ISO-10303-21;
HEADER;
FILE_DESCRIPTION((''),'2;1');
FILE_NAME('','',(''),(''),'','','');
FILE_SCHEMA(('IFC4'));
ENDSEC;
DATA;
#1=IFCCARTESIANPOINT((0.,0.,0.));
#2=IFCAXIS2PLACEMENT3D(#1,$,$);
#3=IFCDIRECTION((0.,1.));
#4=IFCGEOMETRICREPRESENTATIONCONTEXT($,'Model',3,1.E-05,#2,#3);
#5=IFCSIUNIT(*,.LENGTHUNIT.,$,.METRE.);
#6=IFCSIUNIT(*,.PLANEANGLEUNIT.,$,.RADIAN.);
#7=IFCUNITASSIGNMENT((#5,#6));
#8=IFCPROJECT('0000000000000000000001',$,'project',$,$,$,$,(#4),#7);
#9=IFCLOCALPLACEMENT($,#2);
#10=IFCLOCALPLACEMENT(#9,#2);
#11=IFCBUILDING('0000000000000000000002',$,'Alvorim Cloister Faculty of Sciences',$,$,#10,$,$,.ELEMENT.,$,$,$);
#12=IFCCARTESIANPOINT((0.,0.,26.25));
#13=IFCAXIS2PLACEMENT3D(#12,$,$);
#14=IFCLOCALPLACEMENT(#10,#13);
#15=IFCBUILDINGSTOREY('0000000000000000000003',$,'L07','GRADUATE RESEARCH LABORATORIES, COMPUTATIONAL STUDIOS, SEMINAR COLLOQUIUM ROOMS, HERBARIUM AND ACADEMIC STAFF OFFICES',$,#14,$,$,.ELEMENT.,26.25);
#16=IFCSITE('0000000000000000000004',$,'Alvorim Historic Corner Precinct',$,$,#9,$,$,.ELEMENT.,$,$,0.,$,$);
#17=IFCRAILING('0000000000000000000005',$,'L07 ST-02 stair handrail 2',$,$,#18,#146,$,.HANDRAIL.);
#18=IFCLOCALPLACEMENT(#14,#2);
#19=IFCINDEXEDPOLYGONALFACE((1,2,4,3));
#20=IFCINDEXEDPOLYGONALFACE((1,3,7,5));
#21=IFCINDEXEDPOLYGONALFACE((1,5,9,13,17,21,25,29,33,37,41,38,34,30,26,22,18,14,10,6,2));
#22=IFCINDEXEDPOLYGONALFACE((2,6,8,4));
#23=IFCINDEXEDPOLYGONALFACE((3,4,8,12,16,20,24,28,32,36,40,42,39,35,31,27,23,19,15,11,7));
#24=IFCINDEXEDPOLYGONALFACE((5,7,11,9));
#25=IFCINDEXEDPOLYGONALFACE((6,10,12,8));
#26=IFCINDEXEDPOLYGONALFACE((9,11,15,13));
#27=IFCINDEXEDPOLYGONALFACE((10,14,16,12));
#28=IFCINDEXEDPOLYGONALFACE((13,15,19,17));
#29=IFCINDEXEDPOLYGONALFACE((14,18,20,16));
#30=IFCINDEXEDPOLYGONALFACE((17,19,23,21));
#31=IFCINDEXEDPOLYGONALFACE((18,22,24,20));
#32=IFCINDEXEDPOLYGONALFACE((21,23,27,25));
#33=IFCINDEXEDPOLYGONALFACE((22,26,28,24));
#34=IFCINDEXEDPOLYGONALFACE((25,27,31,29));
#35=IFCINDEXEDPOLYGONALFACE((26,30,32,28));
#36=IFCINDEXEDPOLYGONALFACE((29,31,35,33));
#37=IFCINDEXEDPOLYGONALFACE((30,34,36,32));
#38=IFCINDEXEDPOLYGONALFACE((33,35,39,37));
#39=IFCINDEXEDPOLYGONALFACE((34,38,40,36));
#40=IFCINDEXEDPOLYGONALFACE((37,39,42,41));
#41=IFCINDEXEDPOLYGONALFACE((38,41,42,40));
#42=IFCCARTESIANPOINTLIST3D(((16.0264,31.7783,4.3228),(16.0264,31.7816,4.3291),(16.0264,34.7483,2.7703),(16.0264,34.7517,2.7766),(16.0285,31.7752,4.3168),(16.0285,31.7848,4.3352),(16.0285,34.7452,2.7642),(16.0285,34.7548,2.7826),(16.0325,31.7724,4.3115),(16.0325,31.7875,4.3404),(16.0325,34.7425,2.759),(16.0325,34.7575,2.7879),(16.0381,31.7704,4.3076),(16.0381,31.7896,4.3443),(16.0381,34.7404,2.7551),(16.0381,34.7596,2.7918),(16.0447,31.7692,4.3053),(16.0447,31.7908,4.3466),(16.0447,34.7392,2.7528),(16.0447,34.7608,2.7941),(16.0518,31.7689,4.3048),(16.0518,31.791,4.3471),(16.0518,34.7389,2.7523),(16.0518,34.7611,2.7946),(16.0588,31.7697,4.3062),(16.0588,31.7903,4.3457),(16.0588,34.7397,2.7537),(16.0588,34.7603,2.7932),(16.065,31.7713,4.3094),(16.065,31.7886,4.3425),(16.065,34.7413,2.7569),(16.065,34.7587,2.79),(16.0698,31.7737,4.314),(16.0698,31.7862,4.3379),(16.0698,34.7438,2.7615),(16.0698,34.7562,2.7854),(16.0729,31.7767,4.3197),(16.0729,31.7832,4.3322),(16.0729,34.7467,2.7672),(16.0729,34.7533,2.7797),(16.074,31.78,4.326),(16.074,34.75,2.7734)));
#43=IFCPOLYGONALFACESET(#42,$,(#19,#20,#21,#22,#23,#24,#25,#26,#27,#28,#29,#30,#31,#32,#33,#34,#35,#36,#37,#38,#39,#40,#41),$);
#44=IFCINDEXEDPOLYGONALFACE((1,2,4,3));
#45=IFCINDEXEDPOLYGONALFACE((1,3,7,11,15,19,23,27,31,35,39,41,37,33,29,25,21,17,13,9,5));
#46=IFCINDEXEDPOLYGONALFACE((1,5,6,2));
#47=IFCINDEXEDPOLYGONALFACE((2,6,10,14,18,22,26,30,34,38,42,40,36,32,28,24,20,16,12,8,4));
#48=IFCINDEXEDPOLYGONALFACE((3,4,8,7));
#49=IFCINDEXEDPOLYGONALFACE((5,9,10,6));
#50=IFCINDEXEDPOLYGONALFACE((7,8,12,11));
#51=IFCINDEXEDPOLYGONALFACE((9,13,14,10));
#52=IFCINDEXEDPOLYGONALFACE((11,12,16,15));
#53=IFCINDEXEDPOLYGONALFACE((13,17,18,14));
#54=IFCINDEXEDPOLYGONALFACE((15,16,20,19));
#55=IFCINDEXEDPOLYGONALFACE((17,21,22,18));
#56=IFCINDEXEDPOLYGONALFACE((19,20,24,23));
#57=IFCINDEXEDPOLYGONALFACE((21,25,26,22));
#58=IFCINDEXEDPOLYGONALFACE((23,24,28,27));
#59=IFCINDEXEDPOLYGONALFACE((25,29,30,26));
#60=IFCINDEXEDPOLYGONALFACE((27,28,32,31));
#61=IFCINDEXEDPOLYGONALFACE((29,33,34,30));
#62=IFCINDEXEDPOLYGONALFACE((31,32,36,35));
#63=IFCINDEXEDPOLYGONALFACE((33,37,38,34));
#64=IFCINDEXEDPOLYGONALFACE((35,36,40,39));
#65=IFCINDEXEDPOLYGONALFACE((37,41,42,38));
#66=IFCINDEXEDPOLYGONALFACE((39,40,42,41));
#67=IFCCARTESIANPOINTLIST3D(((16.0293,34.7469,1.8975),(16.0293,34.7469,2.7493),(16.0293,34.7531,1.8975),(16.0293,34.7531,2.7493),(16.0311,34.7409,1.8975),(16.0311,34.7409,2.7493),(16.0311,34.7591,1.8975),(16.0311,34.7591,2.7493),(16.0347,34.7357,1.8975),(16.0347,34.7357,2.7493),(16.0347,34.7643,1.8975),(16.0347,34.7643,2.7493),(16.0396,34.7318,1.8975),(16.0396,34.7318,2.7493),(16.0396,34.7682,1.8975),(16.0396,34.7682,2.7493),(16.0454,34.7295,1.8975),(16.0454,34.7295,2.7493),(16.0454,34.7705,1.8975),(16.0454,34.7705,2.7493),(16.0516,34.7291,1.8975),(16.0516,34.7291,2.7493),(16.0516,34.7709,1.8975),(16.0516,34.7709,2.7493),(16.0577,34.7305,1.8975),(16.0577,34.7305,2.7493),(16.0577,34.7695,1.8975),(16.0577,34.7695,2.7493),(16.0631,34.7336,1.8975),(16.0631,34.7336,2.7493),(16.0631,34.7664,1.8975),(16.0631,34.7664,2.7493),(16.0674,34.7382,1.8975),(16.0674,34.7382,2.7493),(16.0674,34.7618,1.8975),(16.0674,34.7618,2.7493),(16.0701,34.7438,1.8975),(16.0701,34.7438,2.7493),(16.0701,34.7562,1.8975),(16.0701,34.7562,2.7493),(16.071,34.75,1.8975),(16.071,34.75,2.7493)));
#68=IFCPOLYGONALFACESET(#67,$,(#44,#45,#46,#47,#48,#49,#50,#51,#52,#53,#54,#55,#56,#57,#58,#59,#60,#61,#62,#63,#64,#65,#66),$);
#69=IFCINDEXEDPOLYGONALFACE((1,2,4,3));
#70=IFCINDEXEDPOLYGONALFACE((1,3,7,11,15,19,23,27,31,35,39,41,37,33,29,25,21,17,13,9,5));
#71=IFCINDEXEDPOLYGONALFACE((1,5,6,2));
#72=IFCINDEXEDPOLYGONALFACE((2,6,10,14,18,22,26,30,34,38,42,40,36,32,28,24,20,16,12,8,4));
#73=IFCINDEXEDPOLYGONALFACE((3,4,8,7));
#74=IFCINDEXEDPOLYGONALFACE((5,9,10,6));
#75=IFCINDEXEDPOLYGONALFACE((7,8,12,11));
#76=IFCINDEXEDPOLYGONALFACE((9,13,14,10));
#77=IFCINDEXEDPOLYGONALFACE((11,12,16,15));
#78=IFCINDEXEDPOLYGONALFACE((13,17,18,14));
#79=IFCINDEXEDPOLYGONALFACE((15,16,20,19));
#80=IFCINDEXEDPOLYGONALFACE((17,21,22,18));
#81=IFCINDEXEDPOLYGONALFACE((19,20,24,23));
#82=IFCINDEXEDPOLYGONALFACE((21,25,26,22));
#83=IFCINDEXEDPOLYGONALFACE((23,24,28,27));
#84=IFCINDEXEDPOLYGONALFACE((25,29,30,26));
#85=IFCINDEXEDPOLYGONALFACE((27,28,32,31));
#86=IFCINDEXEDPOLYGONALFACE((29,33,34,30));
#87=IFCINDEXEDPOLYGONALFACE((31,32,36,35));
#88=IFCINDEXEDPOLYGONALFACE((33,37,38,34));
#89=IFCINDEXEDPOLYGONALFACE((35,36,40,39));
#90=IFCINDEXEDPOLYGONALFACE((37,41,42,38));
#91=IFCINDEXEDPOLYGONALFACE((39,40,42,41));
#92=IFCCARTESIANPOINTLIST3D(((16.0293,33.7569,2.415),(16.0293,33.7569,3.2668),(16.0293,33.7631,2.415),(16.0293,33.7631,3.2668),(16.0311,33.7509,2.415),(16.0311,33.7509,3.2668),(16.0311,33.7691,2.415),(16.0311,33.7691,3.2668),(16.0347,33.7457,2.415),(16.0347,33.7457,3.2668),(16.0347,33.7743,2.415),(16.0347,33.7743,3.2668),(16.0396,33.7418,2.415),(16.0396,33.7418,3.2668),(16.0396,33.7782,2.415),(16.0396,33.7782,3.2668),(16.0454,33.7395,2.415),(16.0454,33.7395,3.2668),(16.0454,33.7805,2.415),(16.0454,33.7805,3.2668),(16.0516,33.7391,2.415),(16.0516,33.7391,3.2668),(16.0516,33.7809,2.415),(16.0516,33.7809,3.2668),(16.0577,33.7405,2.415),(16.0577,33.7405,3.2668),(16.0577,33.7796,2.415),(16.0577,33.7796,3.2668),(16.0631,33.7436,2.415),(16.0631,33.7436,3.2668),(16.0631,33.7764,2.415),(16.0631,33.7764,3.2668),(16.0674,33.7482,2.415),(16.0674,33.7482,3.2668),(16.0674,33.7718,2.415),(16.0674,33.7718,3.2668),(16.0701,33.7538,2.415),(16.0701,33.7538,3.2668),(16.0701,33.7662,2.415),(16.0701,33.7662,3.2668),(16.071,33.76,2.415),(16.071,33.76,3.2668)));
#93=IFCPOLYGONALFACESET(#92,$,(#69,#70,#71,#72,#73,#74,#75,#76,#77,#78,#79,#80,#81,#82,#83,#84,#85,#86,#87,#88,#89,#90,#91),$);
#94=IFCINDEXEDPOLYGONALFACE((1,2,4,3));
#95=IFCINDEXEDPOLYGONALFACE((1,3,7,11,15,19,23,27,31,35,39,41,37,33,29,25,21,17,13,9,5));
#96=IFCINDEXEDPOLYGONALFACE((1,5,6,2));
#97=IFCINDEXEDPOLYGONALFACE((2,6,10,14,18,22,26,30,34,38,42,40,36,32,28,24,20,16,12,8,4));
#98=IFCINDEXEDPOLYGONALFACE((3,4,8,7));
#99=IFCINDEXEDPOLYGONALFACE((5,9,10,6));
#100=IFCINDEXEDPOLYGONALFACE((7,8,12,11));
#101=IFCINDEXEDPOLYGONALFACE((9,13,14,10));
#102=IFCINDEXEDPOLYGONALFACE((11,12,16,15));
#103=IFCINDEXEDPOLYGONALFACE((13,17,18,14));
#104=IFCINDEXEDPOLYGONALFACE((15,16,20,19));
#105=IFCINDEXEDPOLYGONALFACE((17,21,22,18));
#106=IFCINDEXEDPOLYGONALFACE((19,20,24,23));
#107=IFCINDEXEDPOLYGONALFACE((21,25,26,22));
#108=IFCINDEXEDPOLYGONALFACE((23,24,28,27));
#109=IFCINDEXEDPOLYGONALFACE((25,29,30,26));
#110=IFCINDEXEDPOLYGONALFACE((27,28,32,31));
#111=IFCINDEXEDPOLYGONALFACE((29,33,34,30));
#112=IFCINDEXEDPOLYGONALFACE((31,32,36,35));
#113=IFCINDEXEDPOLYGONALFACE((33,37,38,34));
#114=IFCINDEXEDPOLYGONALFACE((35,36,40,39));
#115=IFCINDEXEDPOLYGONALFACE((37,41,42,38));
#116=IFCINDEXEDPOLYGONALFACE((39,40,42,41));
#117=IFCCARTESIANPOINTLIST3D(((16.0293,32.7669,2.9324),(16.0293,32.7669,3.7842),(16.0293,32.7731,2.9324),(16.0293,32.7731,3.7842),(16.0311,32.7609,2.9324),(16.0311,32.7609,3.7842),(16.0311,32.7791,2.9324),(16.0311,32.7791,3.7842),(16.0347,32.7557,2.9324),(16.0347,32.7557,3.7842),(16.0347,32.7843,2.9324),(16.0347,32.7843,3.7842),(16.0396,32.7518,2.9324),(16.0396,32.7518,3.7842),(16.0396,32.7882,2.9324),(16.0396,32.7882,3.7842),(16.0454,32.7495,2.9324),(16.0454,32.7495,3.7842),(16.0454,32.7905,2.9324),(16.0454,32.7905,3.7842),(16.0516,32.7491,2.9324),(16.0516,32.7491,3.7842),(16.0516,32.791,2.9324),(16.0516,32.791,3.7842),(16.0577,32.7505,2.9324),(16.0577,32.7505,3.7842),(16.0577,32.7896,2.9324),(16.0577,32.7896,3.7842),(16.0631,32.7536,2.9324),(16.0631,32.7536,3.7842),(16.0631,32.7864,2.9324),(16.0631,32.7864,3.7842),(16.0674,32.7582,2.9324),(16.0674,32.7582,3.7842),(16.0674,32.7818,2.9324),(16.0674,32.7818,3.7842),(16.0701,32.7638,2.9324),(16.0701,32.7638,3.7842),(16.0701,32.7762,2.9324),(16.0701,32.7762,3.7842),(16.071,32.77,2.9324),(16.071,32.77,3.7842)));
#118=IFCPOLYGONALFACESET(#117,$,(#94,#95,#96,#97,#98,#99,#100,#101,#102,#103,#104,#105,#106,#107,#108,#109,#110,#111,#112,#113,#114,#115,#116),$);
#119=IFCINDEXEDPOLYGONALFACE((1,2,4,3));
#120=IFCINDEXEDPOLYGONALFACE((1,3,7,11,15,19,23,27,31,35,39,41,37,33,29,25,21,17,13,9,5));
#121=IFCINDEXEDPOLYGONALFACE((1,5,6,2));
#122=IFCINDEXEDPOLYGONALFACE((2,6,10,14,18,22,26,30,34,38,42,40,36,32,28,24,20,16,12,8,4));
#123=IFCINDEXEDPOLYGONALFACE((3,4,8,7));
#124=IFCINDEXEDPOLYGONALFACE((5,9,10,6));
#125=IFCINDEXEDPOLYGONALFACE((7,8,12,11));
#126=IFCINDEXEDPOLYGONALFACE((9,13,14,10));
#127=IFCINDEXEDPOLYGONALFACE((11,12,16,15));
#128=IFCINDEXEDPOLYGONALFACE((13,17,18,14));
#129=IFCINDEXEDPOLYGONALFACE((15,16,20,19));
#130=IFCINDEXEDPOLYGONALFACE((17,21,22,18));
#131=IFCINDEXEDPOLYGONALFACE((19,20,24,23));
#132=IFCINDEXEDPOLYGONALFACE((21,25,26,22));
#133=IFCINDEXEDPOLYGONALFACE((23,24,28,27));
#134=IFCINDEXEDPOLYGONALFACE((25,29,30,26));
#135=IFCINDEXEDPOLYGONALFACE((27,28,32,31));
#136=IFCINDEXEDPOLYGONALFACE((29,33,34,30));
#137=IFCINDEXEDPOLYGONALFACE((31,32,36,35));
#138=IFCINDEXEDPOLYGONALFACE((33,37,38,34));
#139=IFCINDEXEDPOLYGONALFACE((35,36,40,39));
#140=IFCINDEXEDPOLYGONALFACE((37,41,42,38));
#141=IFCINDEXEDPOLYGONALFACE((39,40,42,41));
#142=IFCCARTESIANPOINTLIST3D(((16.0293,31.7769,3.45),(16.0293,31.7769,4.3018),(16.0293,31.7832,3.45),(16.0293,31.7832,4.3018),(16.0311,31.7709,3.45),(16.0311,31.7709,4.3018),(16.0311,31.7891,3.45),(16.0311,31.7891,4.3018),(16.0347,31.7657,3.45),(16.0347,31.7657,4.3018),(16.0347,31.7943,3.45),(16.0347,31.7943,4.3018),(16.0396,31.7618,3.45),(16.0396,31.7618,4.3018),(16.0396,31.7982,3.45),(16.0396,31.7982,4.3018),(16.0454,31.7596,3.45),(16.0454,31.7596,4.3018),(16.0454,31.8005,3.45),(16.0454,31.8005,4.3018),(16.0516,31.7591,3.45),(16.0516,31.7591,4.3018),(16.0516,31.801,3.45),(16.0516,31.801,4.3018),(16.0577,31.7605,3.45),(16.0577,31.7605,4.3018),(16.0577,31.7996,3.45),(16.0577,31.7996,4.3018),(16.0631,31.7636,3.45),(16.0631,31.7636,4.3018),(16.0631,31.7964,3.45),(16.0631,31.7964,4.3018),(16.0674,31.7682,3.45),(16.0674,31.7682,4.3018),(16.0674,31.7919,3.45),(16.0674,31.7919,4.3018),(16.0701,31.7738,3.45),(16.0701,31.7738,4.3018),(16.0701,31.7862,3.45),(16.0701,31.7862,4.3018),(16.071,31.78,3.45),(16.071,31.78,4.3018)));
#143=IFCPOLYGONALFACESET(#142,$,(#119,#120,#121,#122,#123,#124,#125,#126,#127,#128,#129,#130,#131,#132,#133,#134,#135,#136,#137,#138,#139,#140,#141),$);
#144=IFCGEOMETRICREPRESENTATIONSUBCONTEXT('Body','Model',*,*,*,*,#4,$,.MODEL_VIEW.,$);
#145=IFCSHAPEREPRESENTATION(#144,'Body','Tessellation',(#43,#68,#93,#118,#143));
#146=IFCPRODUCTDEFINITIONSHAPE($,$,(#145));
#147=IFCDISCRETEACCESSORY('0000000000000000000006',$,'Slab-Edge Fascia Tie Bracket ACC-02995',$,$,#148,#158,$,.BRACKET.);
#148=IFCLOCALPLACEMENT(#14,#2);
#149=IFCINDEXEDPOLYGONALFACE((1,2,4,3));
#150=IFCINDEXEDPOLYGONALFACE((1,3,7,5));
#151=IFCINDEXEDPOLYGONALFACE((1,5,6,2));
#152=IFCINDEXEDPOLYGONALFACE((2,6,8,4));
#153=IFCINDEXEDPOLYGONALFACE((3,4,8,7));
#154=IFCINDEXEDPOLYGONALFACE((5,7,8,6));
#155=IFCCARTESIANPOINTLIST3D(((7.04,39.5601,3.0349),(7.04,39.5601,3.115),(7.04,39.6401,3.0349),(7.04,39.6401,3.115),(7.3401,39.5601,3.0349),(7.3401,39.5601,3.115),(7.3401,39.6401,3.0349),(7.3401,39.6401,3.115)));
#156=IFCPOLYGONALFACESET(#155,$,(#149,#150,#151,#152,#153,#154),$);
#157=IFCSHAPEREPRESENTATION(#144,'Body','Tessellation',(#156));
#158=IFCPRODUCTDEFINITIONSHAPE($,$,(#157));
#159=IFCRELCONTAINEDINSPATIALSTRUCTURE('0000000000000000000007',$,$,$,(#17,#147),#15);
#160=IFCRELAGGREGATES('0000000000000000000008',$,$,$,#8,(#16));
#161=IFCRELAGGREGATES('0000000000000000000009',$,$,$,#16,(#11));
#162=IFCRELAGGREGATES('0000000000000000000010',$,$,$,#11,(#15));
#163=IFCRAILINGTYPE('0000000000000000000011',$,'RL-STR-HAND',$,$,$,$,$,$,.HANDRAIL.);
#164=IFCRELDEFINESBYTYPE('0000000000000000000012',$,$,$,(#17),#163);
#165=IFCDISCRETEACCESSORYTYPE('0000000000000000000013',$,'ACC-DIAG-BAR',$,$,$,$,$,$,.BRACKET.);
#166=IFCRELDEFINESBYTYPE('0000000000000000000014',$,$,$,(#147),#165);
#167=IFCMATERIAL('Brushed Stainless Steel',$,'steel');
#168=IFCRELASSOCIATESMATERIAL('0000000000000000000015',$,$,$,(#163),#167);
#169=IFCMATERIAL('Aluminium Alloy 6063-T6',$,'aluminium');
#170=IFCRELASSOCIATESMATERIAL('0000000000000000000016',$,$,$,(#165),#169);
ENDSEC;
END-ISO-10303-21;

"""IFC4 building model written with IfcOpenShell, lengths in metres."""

from ifc_helpers import new_model, si_unit, direction, frame, origin, origin_2d, place, context, subcontext, project, spatial, rectangle, circle, extrude, material, type_object, element, save


model = new_model("IFC4")

# Units and contexts
model_context = context("Model", 3, precision=1e-05, world=origin(), true_north=direction((0.0, 1.0)))
body_context = subcontext(model_context, "Body", "Model", "MODEL_VIEW")
ifc_project = project(units=[si_unit("LENGTHUNIT", "METRE"), si_unit("PLANEANGLEUNIT", "RADIAN")], contexts=[model_context])

# Site, building, storey
site_placement = place(None, origin())
site = spatial("IfcSite", under=ifc_project, at=site_placement, Name="Alvorim Historic Corner Precinct", CompositionType="ELEMENT", RefElevation=0.0)
building_placement = place(site_placement, origin())
building = spatial("IfcBuilding", under=site, at=building_placement, Name="Alvorim Cloister Faculty of Sciences", CompositionType="ELEMENT")
storey_placement = place(building_placement, frame((0.0, 0.0, 26.25)))
storey = spatial("IfcBuildingStorey", under=building, at=storey_placement, Name="L07", Description="GRADUATE RESEARCH LABORATORIES, COMPUTATIONAL STUDIOS, SEMINAR COLLOQUIUM ROOMS, HERBARIUM AND ACADEMIC STAFF OFFICES", CompositionType="ELEMENT", Elevation=26.25)

# Shared definitions
ifc_material_1 = material(Name="Aluminium Alloy 6063-T6", Category="aluminium")

# Shared definitions
ifc_material_2 = material(Name="Brushed Stainless Steel", Category="steel")

# Railing
railing_type_1 = type_object("IfcRailingType", Name="RL-STR-HAND", PredefinedType="HANDRAIL", material=ifc_material_2)
railing_1_placement = place(storey_placement, frame((16.05, 34.75, 1.8975)))
element("IfcRailing", 1, at=railing_1_placement, inside=storey, type_object=railing_type_1, Name="L07 ST-02 stair handrail 2", PredefinedType="HANDRAIL", context=body_context, shape_type="SweptSolid", body=[
    extrude(circle(Radius=0.0239, at=origin_2d()), frame((0.0, 0.0, 0.876), z_axis=(0.0, -0.886225, 0.463256), x_axis=(1.0, 0.0, 0.0)), (0.0, 0.0, 1.0), 3.3513),
    extrude(circle(Radius=0.021, at=origin_2d()), origin(), (0.0, 0.0, 1.0), 0.8518),
    extrude(circle(Radius=0.021, at=origin_2d()), frame((0.0, -0.99, 0.5176)), (0.0, 0.0, 1.0), 0.8518),
    extrude(circle(Radius=0.021, at=origin_2d()), frame((0.0, -1.98, 1.0349)), (0.0, 0.0, 1.0), 0.8518),
    extrude(circle(Radius=0.021, at=origin_2d()), frame((0.0, -2.97, 1.5525)), (0.0, 0.0, 1.0), 0.8518),
])

# Discrete accessory
discrete_accessory_type = type_object("IfcDiscreteAccessoryType", Name="ACC-DIAG-BAR", PredefinedType="BRACKET", material=ifc_material_1)
discrete_accessory_placement = place(storey_placement, frame((7.3401, 39.6001, 3.075), z_axis=(-1.0, 0.0, 0.0), x_axis=(0.0, -1.0, 0.0)))
element("IfcDiscreteAccessory", 2, at=discrete_accessory_placement, inside=storey, type_object=discrete_accessory_type, Name="Slab-Edge Fascia Tie Bracket ACC-02995", PredefinedType="BRACKET", context=body_context, shape_type="SweptSolid", body=[
    extrude(rectangle(XDim=0.0801, YDim=0.0801, at=origin_2d()), origin(), (0.0, 0.0, 1.0), 0.3),
])

save(model, "model.ifc")
